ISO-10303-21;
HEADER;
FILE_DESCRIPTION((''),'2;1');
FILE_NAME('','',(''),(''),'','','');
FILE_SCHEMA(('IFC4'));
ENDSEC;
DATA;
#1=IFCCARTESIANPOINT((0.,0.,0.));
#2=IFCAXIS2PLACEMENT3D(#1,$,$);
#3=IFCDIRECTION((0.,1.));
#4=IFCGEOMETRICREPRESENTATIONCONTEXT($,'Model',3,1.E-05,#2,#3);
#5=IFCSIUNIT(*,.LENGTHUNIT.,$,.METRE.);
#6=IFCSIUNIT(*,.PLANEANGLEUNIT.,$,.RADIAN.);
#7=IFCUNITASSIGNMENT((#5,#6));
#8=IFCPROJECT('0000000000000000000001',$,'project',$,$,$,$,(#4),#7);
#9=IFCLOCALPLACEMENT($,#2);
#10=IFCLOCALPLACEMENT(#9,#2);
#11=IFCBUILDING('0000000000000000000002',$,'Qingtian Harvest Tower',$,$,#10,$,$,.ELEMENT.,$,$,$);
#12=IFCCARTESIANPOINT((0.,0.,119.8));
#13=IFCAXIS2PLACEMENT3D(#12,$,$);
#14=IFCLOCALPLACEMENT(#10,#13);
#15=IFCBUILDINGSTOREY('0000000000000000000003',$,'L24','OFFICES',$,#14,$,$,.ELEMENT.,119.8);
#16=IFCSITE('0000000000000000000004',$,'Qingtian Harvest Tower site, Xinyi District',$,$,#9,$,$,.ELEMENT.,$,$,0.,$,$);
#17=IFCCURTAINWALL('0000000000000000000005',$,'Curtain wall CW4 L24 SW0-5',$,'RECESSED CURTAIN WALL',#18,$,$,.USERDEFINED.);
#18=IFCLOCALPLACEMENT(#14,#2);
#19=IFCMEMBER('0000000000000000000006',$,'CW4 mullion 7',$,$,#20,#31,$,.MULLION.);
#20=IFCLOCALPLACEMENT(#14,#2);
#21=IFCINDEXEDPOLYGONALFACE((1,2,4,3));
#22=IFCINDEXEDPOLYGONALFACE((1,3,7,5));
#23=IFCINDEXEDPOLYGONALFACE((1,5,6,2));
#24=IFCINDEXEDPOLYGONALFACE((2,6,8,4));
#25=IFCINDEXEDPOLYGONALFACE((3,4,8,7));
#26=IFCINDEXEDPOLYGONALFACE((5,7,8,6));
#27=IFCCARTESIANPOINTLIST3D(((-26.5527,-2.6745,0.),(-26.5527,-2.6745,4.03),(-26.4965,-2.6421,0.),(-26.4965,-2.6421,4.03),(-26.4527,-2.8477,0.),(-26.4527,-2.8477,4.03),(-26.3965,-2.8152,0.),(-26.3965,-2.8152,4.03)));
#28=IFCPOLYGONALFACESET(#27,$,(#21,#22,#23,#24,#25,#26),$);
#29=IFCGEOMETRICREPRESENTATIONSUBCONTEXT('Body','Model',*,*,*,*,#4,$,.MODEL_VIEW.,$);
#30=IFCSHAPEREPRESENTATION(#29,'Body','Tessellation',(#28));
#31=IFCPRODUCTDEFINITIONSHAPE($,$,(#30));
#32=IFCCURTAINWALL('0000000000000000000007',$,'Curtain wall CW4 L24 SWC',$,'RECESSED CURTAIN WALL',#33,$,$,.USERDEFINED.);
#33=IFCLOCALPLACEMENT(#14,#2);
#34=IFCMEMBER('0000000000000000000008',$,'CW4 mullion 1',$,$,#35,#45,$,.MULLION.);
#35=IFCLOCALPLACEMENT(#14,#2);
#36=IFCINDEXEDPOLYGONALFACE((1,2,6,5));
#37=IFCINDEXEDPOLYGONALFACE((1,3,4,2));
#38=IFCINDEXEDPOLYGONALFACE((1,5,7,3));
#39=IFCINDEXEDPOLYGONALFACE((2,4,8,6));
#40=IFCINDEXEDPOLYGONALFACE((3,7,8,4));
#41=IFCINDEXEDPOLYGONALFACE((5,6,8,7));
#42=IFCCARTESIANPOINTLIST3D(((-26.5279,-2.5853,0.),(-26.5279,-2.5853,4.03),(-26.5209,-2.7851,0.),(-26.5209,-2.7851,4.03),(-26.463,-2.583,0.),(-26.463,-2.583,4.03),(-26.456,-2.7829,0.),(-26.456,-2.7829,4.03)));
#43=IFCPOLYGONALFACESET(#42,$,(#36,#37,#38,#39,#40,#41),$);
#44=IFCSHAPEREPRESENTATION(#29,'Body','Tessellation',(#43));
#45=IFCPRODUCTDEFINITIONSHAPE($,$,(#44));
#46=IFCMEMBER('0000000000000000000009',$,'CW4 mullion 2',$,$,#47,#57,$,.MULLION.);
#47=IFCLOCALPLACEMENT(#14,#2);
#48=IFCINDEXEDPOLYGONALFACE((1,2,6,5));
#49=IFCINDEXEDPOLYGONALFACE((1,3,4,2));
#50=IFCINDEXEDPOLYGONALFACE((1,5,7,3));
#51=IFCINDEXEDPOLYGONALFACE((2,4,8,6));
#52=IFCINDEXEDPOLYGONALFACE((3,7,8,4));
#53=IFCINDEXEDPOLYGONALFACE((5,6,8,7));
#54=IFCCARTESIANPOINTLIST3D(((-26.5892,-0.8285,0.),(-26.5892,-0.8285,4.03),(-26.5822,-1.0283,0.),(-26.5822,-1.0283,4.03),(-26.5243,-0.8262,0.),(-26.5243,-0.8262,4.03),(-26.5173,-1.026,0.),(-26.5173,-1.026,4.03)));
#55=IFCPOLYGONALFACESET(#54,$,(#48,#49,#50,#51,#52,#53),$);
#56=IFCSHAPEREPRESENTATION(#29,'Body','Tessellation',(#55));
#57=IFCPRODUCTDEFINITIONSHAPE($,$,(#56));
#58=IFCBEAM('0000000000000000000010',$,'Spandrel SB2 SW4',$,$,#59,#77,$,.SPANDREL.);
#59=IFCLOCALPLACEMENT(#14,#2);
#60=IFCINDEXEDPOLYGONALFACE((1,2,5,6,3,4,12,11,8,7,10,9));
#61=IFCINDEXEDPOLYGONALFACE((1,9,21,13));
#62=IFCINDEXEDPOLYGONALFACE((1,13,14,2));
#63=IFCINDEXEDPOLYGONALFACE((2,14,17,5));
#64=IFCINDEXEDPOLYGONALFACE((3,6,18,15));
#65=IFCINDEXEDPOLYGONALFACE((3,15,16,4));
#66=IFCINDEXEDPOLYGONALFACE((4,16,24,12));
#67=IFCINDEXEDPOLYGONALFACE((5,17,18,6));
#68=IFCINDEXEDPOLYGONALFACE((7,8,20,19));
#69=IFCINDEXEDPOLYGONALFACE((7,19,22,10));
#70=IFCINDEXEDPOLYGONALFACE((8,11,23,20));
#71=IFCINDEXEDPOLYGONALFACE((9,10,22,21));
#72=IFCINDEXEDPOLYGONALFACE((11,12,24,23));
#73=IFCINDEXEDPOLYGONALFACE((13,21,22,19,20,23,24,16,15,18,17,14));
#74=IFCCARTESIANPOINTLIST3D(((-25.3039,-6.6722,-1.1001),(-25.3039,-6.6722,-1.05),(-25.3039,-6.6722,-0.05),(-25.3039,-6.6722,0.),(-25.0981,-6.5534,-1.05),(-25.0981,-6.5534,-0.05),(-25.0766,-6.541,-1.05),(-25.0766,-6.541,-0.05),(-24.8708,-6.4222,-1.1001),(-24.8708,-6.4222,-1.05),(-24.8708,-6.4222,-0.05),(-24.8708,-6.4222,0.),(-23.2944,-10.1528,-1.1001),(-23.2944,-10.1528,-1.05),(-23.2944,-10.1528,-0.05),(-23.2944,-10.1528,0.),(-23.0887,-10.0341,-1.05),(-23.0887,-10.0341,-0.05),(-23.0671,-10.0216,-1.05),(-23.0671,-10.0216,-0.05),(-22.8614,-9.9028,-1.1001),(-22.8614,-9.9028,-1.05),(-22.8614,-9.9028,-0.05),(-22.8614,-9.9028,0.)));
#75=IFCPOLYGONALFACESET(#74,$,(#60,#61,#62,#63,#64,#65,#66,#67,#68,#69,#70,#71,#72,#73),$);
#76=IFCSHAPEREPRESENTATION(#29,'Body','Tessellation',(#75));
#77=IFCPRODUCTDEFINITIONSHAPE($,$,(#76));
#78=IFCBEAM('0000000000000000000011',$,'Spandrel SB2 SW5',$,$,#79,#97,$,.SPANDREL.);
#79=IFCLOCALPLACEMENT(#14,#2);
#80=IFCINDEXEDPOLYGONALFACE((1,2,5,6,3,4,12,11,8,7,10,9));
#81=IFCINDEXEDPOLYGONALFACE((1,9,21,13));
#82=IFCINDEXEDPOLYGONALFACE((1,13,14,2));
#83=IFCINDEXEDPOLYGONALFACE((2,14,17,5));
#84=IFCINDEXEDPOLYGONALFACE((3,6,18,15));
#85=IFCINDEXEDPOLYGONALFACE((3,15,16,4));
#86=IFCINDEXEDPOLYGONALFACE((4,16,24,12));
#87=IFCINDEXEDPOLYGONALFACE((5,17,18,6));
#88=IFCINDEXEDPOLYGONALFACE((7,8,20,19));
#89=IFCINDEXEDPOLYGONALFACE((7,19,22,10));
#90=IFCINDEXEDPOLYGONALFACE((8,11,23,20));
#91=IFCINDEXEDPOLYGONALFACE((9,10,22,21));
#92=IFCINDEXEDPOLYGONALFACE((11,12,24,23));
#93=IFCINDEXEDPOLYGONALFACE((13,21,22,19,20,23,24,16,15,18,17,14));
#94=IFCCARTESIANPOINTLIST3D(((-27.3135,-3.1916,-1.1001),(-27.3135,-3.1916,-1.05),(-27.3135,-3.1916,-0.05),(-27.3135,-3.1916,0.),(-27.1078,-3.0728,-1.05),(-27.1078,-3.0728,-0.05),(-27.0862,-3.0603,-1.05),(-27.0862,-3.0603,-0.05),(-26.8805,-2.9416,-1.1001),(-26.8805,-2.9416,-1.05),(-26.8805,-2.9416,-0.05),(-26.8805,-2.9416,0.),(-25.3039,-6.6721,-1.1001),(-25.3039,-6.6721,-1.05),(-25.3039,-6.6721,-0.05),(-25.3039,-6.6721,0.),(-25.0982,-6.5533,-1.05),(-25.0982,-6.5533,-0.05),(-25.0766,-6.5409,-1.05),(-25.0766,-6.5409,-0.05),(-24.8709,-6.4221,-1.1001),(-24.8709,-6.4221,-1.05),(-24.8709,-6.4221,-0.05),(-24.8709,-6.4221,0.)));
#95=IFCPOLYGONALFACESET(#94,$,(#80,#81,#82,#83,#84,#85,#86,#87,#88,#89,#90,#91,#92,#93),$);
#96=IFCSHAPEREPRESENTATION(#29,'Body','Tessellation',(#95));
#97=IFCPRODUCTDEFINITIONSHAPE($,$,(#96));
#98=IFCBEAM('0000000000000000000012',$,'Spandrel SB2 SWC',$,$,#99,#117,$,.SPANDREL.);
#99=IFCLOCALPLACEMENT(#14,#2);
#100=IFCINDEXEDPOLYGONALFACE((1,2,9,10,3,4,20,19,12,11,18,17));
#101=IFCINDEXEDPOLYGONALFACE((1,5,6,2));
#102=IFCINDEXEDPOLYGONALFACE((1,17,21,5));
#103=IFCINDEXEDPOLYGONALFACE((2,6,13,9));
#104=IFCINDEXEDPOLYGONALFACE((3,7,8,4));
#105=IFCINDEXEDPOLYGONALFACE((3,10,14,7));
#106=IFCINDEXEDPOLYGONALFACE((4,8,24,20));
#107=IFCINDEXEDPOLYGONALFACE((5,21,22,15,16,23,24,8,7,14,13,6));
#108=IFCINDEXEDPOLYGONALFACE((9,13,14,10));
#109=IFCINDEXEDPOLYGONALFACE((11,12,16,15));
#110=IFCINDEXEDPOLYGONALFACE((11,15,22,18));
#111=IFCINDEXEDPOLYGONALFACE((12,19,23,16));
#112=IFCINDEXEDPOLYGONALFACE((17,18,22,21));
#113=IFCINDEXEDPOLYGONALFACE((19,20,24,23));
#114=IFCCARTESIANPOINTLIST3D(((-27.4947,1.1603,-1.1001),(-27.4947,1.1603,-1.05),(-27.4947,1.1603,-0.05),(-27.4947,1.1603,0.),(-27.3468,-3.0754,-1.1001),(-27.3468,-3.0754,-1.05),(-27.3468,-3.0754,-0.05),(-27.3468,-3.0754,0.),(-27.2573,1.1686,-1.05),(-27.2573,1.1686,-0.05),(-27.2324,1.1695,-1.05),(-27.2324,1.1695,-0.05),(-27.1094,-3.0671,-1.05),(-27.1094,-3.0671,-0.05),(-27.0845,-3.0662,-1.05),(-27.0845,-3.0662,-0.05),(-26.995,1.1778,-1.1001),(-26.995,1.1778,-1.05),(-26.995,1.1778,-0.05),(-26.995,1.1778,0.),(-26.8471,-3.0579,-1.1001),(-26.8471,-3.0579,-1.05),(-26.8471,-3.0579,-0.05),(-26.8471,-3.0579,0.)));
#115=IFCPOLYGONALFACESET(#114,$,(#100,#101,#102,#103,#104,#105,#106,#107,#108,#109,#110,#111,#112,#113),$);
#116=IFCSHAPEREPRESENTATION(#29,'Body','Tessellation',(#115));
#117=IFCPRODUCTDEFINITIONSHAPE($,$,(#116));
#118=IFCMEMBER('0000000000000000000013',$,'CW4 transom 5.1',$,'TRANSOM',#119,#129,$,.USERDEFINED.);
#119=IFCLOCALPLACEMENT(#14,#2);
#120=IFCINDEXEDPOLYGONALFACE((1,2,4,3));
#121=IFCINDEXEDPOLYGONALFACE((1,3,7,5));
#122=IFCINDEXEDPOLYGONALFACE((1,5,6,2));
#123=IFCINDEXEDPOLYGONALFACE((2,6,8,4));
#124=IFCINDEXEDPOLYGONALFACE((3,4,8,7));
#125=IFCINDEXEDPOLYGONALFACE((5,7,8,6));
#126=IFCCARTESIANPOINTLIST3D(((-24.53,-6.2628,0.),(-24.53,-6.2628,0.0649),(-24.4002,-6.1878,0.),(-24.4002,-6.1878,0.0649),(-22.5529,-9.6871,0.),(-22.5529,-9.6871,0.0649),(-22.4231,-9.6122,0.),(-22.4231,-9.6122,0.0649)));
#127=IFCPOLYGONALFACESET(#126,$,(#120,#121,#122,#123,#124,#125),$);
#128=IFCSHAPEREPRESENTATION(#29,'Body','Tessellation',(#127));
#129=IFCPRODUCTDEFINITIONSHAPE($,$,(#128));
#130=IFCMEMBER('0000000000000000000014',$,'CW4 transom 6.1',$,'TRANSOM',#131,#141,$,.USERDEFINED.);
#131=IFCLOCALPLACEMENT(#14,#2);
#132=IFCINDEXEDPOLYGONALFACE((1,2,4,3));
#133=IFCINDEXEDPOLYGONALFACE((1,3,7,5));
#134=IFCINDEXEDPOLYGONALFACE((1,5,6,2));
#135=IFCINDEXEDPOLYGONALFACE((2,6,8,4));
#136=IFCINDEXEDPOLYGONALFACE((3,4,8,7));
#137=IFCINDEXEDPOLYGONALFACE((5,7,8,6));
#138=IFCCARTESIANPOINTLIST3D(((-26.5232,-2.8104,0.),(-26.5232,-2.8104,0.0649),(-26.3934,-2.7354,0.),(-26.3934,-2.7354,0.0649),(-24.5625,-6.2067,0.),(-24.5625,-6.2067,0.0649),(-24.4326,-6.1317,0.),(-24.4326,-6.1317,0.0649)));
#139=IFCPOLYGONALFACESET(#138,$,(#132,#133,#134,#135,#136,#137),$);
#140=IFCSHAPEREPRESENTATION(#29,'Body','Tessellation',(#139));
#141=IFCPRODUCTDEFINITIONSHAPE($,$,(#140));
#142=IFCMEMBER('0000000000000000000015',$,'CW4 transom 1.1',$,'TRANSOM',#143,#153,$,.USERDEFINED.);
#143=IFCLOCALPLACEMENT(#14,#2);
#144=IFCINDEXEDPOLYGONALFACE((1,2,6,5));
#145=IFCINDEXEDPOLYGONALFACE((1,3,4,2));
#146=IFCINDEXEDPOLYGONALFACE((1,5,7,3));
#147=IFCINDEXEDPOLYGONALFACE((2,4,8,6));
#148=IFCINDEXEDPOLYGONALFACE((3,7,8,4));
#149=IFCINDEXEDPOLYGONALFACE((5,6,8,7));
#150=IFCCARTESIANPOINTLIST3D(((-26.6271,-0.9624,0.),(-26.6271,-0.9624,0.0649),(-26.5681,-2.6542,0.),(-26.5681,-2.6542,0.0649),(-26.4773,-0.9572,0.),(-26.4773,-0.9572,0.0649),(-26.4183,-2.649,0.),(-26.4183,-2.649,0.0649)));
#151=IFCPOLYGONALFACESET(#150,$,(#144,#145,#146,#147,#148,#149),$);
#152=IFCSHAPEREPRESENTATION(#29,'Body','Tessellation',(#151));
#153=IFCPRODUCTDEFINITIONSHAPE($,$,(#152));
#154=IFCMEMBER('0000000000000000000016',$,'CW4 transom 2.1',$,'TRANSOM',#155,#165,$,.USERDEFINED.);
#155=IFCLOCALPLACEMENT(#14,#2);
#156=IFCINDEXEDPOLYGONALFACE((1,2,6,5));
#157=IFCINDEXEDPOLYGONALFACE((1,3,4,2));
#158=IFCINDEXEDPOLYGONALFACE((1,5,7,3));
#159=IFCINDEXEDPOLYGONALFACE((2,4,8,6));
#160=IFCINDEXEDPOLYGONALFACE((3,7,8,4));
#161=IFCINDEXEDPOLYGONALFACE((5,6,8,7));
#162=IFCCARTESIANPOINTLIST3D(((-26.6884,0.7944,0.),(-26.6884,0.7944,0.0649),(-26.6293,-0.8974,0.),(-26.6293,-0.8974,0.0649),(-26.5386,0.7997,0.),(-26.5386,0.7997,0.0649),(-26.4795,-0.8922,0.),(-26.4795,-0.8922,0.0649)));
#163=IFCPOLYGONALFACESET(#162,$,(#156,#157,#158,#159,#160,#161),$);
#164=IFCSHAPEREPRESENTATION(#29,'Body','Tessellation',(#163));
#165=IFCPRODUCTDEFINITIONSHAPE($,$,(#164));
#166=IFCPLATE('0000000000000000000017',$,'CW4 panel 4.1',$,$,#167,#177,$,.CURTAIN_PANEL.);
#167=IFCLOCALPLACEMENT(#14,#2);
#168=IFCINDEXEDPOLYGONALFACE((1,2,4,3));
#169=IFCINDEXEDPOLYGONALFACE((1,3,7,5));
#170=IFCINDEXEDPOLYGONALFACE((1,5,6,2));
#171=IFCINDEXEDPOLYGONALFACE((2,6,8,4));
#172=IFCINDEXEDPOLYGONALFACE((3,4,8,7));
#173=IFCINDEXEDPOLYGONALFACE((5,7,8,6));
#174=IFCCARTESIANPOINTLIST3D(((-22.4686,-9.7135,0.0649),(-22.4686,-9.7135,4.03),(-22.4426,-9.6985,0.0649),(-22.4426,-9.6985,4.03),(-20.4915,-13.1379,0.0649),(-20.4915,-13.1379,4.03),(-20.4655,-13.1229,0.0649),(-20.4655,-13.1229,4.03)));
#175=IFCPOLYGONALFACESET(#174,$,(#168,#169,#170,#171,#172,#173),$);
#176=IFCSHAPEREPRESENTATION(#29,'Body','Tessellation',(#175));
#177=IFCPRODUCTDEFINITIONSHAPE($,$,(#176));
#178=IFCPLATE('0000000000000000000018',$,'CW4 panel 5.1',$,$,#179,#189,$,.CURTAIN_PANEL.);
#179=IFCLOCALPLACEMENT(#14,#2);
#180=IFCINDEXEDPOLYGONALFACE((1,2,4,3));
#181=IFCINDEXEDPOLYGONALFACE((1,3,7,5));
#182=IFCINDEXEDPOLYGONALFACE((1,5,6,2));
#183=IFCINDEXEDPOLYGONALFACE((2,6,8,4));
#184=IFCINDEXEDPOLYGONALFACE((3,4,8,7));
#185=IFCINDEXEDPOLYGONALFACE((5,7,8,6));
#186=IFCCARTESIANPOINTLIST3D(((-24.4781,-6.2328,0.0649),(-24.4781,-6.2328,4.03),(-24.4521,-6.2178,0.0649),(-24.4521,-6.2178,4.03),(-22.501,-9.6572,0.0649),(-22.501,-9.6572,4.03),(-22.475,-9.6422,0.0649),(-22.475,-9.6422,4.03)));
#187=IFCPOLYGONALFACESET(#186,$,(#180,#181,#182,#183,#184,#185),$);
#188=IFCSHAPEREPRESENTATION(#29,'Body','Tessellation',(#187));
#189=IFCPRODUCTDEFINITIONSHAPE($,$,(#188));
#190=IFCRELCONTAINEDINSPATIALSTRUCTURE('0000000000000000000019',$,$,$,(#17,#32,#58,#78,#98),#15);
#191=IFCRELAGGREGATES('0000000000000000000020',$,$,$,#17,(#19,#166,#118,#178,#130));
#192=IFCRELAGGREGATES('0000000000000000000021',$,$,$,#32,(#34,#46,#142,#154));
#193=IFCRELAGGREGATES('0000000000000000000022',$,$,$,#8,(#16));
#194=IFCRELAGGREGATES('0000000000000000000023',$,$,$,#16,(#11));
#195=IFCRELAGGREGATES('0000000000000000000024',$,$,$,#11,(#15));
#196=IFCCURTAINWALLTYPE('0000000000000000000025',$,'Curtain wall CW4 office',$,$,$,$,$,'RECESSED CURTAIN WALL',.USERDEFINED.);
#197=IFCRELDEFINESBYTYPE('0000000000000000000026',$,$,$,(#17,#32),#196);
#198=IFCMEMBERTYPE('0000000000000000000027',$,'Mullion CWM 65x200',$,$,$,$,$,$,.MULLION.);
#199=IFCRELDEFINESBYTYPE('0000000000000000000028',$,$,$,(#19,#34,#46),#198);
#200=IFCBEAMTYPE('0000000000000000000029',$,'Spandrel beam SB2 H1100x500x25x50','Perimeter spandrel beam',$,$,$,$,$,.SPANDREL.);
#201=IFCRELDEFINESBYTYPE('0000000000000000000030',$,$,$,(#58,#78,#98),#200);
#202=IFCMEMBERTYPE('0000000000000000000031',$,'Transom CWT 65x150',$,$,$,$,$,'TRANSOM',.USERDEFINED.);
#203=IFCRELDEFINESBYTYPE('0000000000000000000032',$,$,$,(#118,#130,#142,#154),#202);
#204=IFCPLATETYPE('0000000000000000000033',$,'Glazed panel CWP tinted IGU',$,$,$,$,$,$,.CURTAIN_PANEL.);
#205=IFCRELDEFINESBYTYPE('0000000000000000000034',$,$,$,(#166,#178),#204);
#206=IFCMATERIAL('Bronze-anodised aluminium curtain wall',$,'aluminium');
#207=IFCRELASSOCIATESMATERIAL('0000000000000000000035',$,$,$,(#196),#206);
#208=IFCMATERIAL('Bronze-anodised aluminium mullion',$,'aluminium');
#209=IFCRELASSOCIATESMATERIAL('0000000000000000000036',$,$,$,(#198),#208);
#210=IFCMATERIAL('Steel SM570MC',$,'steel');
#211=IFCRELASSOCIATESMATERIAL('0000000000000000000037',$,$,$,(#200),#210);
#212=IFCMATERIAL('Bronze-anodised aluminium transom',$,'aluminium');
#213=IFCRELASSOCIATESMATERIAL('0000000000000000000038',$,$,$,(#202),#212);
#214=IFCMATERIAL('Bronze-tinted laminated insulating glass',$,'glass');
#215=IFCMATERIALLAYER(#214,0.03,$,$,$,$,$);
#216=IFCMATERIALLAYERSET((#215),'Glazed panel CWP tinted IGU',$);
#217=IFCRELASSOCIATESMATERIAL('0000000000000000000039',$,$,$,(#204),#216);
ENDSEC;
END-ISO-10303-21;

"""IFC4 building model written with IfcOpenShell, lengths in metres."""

from ifc_helpers import new_model, si_unit, direction, frame, origin, origin_2d, place, context, subcontext, project, spatial, rectangle, i_section, extrude, material, layer, layer_set, material_profile, profile_set, type_object, element, aggregate, save


model = new_model("IFC4")

# Units and contexts
model_context = context("Model", 3, precision=1e-05, world=origin(), true_north=direction((0.0, 1.0)))
body_context = subcontext(model_context, "Body", "Model", "MODEL_VIEW")
ifc_project = project(units=[si_unit("LENGTHUNIT", "METRE"), si_unit("PLANEANGLEUNIT", "RADIAN")], contexts=[model_context])

# Site, building, storey
site_placement = place(None, origin())
site = spatial("IfcSite", under=ifc_project, at=site_placement, Name="Qingtian Harvest Tower site, Xinyi District", CompositionType="ELEMENT", RefElevation=0.0)
building_placement = place(site_placement, origin())
building = spatial("IfcBuilding", under=site, at=building_placement, Name="Qingtian Harvest Tower", CompositionType="ELEMENT")
storey_placement = place(building_placement, frame((0.0, 0.0, 119.8)))
storey = spatial("IfcBuildingStorey", under=building, at=storey_placement, Name="L24", Description="OFFICES", CompositionType="ELEMENT", Elevation=119.8)

# Curtain walls, members
ifc_material_1 = material(Name="Bronze-anodised aluminium curtain wall", Category="aluminium")
curtain_wall_type = type_object("IfcCurtainWallType", Name="Curtain wall CW4 office", ElementType="RECESSED CURTAIN WALL", PredefinedType="USERDEFINED", material=ifc_material_1)
curtain_wall_1_placement = place(storey_placement, origin())
curtain_wall_1 = element("IfcCurtainWall", 1, at=curtain_wall_1_placement, inside=storey, type_object=curtain_wall_type, Name="Curtain wall CW4 L24 SW0-5", ObjectType="RECESSED CURTAIN WALL", PredefinedType="USERDEFINED")
ifc_material_2 = material(Name="Bronze-anodised aluminium mullion", Category="aluminium")
ifc_material_profile_1 = material_profile(ifc_material_2, rectangle(XDim=0.0649, YDim=0.2, at=origin_2d()), Name="AL 65x200")
ifc_profile_set_1 = profile_set([ifc_material_profile_1], Name="Bronze-anodised aluminium mullion")
member_type_1 = type_object("IfcMemberType", Name="Mullion CWM 65x200", PredefinedType="MULLION", material=ifc_profile_set_1)
member_1_placement = place(storey_placement, frame((-26.4746, -2.7449, 0.0), z_axis=(0.0, 0.0, 1.0), x_axis=(-0.866025, -0.5, 0.0)))
member_1 = element("IfcMember", 2, at=member_1_placement, type_object=member_type_1, Name="CW4 mullion 7", PredefinedType="MULLION", context=body_context, shape_type="SweptSolid", body=[
    extrude(rectangle(XDim=0.0649, YDim=0.2, at=origin_2d()), origin(), (0.0, 0.0, 1.0), 4.03),
])
curtain_wall_2_placement = place(storey_placement, origin())
curtain_wall_2 = element("IfcCurtainWall", 3, at=curtain_wall_2_placement, inside=storey, type_object=curtain_wall_type, Name="Curtain wall CW4 L24 SWC", ObjectType="RECESSED CURTAIN WALL", PredefinedType="USERDEFINED")
member_2_placement = place(storey_placement, frame((-26.4919, -2.6841, 0.0), z_axis=(0.0, 0.0, 1.0), x_axis=(-0.999391, -0.034899, 0.0)))
member_2 = element("IfcMember", 4, at=member_2_placement, type_object=member_type_1, Name="CW4 mullion 1", PredefinedType="MULLION", context=body_context, shape_type="SweptSolid", body=[
    extrude(rectangle(XDim=0.0649, YDim=0.2, at=origin_2d()), origin(), (0.0, 0.0, 1.0), 4.03),
])
member_3_placement = place(storey_placement, frame((-26.5532, -0.9272, 0.0), z_axis=(0.0, 0.0, 1.0), x_axis=(-0.999391, -0.034899, 0.0)))
member_3 = element("IfcMember", 5, at=member_3_placement, type_object=member_type_1, Name="CW4 mullion 2", PredefinedType="MULLION", context=body_context, shape_type="SweptSolid", body=[
    extrude(rectangle(XDim=0.0649, YDim=0.2, at=origin_2d()), origin(), (0.0, 0.0, 1.0), 4.03),
])

# Beams
ifc_material_3 = material(Name="Steel SM570MC", Category="steel")
ifc_material_profile_2 = material_profile(ifc_material_3, i_section(OverallWidth=0.5, OverallDepth=1.1001, WebThickness=0.0249, FlangeThickness=0.05, at=origin_2d()), Name="H1100x500x25x50")
ifc_profile_set_2 = profile_set([ifc_material_profile_2], Name="Steel SM570MC")
beam_type_1 = type_object("IfcBeamType", Name="Spandrel beam SB2 H1100x500x25x50", Description="Perimeter spandrel beam", PredefinedType="SPANDREL", material=ifc_profile_set_2)
for number, where, z_axis, x_axis, name in (
    (6, (-23.0779, -10.0278, -0.55), (-0.499987, 0.866033, 0.0), (-0.866033, -0.499987, 0.0), "Spandrel SB2 SW4"),
    (7, (-25.0874, -6.5471, -0.55), (-0.500013, 0.866018, 0.0), (-0.866018, -0.500013, 0.0), "Spandrel SB2 SW5"),
):
    element("IfcBeam", number, at=place(storey_placement, frame(where, z_axis=z_axis, x_axis=x_axis)), inside=storey, type_object=beam_type_1, Name=name, PredefinedType="SPANDREL", context=body_context, shape_type="SweptSolid", body=[
        extrude(i_section(OverallWidth=0.5, OverallDepth=1.1001, WebThickness=0.0249, FlangeThickness=0.05, at=origin_2d()), origin(), (0.0, 0.0, 1.0), 4.019),
    ])
beam_1_placement = place(storey_placement, frame((-27.0969, -3.0667, -0.55), z_axis=(-0.034909, 0.999391, 0.0), x_axis=(-0.999391, -0.034909, 0.0)))
element("IfcBeam", 8, at=beam_1_placement, inside=storey, type_object=beam_type_1, Name="Spandrel SB2 SWC", PredefinedType="SPANDREL", context=body_context, shape_type="SweptSolid", body=[
    extrude(i_section(OverallWidth=0.5, OverallDepth=1.1001, WebThickness=0.0249, FlangeThickness=0.05, at=origin_2d()), origin(), (0.0, 0.0, 1.0), 4.2383),
])

# Members
ifc_material_4 = material(Name="Bronze-anodised aluminium transom", Category="aluminium")
ifc_material_profile_3 = material_profile(ifc_material_4, rectangle(XDim=0.1499, YDim=0.0649, at=origin_2d()), Name="AL 65x150")
ifc_profile_set_3 = profile_set([ifc_material_profile_3], Name="Bronze-anodised aluminium transom")
member_type_2 = type_object("IfcMemberType", Name="Transom CWT 65x150", ElementType="TRANSOM", PredefinedType="USERDEFINED", material=ifc_profile_set_3)
member_4_placement = place(storey_placement, frame((-22.488, -9.6497, 0.0325), z_axis=(-0.500004, 0.866023, 0.0), x_axis=(-0.866023, -0.500004, 0.0)))
member_4 = element("IfcMember", 9, at=member_4_placement, type_object=member_type_2, Name="CW4 transom 5.1", ObjectType="TRANSOM", PredefinedType="USERDEFINED", context=body_context, shape_type="SweptSolid", body=[
    extrude(rectangle(XDim=0.1499, YDim=0.0649, at=origin_2d()), origin(), (0.0, 0.0, 1.0), 3.9541),
])
member_5_placement = place(storey_placement, frame((-24.4976, -6.1692, 0.0325), z_axis=(-0.499976, 0.866039, 0.0), x_axis=(-0.866039, -0.499976, 0.0)))
member_5 = element("IfcMember", 10, at=member_5_placement, type_object=member_type_2, Name="CW4 transom 6.1", ObjectType="TRANSOM", PredefinedType="USERDEFINED", context=body_context, shape_type="SweptSolid", body=[
    extrude(rectangle(XDim=0.1499, YDim=0.0649, at=origin_2d()), origin(), (0.0, 0.0, 1.0), 3.9216),
])
member_6_placement = place(storey_placement, frame((-26.4932, -2.6516, 0.0325), z_axis=(-0.034899, 0.999391, 0.0), x_axis=(-0.999391, -0.034899, 0.0)))
member_6 = element("IfcMember", 11, at=member_6_placement, type_object=member_type_2, Name="CW4 transom 1.1", ObjectType="TRANSOM", PredefinedType="USERDEFINED", context=body_context, shape_type="SweptSolid", body=[
    extrude(rectangle(XDim=0.1499, YDim=0.0649, at=origin_2d()), origin(), (0.0, 0.0, 1.0), 1.6929),
])
member_7_placement = place(storey_placement, frame((-26.5544, -0.8948, 0.0325), z_axis=(-0.034899, 0.999391, 0.0), x_axis=(-0.999391, -0.034899, 0.0)))
member_7 = element("IfcMember", 12, at=member_7_placement, type_object=member_type_2, Name="CW4 transom 2.1", ObjectType="TRANSOM", PredefinedType="USERDEFINED", context=body_context, shape_type="SweptSolid", body=[
    extrude(rectangle(XDim=0.1499, YDim=0.0649, at=origin_2d()), origin(), (0.0, 0.0, 1.0), 1.6929),
])

# Plates
ifc_material_5 = material(Name="Bronze-tinted laminated insulating glass", Category="glass")
ifc_layer_1 = layer(ifc_material_5, 0.03)
ifc_layer_set_1 = layer_set([ifc_layer_1], Name="Glazed panel CWP tinted IGU")
plate_type = type_object("IfcPlateType", Name="Glazed panel CWP tinted IGU", PredefinedType="CURTAIN_PANEL", material=ifc_layer_set_1)
plate_1_placement = place(storey_placement, frame((-21.467, -11.4182, 0.0649), z_axis=(0.0, 0.0, 1.0), x_axis=(-0.5, 0.866025, 0.0)))
plate_1 = element("IfcPlate", 13, at=plate_1_placement, type_object=plate_type, Name="CW4 panel 4.1", PredefinedType="CURTAIN_PANEL", context=body_context, shape_type="SweptSolid", body=[
    extrude(rectangle(XDim=3.9541, YDim=0.03, at=origin_2d()), origin(), (0.0, 0.0, 1.0), 3.9651),
])
plate_2_placement = place(storey_placement, frame((-23.4766, -7.9375, 0.0649), z_axis=(0.0, 0.0, 1.0), x_axis=(-0.5, 0.866025, 0.0)))
plate_2 = element("IfcPlate", 14, at=plate_2_placement, type_object=plate_type, Name="CW4 panel 5.1", PredefinedType="CURTAIN_PANEL", context=body_context, shape_type="SweptSolid", body=[
    extrude(rectangle(XDim=3.9541, YDim=0.03, at=origin_2d()), origin(), (0.0, 0.0, 1.0), 3.9651),
])
aggregate(curtain_wall_1, [member_1, plate_1, member_4, plate_2, member_5])
aggregate(curtain_wall_2, [member_2, member_3, member_6, member_7])

save(model, "model.ifc")
